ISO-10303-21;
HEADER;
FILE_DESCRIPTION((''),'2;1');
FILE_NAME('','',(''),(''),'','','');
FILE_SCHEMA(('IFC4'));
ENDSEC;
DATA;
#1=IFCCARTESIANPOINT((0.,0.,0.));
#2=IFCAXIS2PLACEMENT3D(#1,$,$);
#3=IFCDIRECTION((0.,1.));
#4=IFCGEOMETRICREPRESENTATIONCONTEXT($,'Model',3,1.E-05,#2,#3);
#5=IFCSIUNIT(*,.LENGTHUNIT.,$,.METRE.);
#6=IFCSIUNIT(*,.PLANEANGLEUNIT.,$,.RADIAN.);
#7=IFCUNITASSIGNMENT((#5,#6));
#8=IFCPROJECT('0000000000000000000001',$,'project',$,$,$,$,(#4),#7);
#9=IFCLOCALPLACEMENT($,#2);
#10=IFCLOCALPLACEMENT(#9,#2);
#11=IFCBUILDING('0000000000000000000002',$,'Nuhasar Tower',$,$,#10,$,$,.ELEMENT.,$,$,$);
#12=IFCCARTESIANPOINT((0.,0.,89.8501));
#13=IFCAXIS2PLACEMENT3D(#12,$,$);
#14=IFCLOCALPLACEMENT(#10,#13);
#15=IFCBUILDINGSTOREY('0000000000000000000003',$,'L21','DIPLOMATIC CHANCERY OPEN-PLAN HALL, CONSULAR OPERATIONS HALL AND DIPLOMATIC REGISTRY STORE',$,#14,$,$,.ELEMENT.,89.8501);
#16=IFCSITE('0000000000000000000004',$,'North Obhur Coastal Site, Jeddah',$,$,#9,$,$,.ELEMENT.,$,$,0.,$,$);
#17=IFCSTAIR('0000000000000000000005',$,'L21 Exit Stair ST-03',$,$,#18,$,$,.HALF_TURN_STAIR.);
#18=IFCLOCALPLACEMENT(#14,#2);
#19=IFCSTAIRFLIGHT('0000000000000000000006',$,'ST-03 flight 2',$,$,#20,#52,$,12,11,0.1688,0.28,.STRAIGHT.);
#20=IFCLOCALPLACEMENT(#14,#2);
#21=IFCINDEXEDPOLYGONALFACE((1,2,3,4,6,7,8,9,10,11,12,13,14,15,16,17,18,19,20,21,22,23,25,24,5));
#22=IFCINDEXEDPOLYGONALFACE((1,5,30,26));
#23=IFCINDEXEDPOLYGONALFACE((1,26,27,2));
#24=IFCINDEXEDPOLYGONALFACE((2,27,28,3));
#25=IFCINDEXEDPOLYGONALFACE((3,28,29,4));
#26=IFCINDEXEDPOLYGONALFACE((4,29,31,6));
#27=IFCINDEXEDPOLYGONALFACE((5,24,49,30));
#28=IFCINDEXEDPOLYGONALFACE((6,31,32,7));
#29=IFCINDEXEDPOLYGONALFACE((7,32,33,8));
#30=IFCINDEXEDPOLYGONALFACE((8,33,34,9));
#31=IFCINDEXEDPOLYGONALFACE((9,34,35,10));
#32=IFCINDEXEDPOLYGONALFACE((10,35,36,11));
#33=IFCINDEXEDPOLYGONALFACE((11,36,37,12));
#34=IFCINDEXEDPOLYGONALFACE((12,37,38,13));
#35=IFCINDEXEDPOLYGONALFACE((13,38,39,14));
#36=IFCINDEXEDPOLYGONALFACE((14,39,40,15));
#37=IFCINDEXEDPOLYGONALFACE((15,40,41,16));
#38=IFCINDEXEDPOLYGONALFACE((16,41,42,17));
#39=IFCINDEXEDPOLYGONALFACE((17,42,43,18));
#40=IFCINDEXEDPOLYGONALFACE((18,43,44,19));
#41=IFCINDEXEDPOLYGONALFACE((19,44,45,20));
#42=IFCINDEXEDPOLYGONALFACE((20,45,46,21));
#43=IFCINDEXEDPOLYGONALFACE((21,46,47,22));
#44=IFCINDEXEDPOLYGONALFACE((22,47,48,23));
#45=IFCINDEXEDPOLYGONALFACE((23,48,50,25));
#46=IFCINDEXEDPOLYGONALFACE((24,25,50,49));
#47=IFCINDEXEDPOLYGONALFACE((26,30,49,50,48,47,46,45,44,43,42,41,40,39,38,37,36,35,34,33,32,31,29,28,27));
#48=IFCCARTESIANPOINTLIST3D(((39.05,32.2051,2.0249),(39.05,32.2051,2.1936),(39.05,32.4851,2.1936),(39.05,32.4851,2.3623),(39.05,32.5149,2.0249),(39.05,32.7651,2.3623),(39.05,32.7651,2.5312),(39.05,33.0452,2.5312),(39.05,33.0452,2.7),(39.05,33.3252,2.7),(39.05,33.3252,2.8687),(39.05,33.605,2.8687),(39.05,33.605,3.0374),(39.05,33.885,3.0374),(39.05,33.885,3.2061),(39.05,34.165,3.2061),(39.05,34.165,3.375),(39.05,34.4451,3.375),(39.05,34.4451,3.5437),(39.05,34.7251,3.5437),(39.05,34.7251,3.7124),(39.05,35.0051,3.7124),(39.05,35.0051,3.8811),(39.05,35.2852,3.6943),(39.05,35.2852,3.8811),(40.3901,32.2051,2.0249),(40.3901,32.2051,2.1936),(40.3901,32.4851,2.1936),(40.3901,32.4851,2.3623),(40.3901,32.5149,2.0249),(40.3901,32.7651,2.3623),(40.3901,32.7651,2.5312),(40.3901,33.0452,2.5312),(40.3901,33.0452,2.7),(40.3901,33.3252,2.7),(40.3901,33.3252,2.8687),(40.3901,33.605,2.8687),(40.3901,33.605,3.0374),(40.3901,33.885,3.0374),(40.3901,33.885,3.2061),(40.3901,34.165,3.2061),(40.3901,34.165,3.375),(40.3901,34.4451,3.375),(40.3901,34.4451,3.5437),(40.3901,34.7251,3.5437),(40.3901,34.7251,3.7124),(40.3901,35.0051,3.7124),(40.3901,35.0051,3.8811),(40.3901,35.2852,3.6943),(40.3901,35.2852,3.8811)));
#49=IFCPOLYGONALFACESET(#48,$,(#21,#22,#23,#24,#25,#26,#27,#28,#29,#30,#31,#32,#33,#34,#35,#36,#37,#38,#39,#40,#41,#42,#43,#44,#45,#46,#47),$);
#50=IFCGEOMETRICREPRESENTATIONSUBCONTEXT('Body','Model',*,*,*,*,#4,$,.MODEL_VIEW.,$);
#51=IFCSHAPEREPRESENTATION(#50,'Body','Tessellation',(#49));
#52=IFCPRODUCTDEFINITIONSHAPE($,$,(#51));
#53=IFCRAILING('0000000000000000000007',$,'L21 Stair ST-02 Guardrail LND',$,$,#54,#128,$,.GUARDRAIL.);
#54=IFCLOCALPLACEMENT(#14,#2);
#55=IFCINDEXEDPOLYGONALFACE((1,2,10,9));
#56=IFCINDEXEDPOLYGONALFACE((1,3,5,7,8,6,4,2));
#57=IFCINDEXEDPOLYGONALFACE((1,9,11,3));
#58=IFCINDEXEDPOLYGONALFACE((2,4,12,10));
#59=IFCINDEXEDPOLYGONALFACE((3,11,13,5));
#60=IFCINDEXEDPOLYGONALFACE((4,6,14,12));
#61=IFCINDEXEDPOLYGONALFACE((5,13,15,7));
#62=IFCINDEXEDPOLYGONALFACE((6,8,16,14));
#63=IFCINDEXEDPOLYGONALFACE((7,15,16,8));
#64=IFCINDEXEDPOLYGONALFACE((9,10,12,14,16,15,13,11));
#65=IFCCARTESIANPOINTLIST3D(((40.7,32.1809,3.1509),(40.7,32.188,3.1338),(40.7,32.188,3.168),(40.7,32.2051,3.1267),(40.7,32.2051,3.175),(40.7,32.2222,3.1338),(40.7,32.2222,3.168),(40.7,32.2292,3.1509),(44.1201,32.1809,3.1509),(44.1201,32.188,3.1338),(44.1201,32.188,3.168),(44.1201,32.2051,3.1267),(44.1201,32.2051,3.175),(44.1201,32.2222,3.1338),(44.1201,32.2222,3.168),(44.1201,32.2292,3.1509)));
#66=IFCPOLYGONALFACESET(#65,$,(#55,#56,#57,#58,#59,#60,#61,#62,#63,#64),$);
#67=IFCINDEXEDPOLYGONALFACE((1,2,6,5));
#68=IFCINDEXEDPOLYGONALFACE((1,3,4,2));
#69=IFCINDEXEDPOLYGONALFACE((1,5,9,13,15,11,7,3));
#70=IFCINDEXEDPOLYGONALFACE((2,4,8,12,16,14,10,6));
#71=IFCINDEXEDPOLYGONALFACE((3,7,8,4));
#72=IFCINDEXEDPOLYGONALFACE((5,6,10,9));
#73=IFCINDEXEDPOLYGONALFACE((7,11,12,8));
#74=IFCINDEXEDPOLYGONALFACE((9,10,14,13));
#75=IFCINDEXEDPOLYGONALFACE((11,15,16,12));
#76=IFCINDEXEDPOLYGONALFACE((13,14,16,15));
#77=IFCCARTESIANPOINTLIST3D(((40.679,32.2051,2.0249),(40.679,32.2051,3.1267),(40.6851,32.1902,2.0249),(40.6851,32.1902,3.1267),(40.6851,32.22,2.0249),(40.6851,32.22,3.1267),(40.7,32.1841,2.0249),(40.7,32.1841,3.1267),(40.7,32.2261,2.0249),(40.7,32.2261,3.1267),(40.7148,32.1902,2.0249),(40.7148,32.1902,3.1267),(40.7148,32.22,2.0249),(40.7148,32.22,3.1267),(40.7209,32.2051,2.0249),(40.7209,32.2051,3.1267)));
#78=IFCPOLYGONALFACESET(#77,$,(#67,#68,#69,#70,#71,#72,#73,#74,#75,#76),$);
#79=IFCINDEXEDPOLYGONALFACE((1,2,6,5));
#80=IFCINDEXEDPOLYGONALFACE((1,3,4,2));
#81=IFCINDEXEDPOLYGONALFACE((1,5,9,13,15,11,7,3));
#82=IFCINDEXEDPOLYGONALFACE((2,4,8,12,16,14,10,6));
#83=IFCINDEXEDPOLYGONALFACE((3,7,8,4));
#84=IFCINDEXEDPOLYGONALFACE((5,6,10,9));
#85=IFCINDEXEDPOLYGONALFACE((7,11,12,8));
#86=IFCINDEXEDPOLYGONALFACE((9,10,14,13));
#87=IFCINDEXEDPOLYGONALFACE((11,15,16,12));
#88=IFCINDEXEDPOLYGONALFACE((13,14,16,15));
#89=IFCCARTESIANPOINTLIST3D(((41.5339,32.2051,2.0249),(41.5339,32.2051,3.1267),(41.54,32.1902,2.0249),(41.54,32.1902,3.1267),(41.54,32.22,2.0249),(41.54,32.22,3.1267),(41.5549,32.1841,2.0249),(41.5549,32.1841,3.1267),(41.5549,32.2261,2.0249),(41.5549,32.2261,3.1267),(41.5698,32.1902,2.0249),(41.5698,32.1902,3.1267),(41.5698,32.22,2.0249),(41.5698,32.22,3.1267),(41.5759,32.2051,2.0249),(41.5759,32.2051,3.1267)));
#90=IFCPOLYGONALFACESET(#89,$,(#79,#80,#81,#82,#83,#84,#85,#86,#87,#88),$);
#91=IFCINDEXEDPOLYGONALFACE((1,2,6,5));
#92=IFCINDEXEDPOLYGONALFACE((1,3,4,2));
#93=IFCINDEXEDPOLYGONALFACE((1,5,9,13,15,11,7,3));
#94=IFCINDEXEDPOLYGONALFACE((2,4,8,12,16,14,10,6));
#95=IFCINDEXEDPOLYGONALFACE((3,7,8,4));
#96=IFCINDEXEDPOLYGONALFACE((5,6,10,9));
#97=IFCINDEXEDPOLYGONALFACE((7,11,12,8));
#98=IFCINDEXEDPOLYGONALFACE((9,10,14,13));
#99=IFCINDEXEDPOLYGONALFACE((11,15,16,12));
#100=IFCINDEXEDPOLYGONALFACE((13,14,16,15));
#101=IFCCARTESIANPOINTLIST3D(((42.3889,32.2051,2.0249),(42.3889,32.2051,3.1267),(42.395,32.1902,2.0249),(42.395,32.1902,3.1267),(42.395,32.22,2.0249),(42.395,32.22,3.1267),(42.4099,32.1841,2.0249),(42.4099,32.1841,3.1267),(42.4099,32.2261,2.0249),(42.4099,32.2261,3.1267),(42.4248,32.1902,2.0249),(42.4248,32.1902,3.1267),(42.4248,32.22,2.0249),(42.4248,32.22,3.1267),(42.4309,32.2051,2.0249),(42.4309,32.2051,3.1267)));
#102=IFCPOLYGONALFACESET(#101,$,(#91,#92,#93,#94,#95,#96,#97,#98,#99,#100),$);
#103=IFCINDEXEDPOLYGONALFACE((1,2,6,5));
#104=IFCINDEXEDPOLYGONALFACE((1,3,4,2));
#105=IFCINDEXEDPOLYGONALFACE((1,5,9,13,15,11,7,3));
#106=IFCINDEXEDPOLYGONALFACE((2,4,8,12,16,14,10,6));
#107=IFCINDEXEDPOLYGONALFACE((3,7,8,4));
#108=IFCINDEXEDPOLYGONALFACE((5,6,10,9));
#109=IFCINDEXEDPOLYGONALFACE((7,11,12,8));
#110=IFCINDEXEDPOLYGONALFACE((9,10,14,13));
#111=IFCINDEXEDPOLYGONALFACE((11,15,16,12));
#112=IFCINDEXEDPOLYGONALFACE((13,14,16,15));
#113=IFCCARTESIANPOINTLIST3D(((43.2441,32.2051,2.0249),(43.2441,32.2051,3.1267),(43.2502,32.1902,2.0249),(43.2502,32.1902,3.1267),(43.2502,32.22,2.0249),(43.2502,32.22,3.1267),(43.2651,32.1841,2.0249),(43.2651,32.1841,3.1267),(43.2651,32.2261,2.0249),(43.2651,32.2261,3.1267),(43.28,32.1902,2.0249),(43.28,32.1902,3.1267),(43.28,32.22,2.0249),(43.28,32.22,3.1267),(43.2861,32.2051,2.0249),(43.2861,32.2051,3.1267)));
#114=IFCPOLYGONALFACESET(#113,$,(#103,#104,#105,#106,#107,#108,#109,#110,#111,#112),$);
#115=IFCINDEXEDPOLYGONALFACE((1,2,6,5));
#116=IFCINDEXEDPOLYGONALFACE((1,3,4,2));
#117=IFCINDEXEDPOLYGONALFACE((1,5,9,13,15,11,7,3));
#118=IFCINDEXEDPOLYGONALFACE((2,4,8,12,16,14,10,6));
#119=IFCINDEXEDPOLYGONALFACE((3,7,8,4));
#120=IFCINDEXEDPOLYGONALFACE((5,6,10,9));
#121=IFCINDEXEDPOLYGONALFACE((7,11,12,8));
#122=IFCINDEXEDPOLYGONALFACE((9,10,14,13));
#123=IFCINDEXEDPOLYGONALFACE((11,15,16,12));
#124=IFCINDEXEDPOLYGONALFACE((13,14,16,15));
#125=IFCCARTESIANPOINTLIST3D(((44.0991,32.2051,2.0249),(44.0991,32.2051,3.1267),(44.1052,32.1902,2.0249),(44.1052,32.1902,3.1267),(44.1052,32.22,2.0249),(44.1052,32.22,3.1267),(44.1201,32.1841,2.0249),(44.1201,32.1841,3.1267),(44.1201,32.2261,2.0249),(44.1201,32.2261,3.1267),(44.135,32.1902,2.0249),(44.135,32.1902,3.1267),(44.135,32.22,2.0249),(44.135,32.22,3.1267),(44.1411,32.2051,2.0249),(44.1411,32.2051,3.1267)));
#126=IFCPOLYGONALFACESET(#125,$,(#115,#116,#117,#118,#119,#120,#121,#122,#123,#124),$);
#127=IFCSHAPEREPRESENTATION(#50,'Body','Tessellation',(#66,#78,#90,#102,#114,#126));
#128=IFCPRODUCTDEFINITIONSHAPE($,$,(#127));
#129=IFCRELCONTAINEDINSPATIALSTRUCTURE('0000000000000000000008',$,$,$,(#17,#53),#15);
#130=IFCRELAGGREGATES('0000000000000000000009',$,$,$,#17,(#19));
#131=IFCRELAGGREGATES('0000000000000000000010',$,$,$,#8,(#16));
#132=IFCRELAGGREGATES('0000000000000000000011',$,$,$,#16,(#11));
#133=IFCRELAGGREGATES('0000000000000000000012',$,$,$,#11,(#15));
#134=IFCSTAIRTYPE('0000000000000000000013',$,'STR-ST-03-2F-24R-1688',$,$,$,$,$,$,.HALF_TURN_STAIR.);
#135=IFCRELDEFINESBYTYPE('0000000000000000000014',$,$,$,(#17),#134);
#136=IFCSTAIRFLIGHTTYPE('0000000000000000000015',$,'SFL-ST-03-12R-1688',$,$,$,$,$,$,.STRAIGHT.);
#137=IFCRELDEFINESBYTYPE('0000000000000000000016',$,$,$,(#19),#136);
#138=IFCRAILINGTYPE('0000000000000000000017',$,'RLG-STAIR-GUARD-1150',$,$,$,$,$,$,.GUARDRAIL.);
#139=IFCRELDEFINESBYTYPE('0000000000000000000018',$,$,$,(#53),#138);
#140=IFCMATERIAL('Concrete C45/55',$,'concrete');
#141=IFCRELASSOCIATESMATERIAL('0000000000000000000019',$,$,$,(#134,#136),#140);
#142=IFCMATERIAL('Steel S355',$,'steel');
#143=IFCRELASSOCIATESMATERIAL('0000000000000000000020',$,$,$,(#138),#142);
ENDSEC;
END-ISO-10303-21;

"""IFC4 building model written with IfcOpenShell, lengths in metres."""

from ifc_helpers import new_model, si_unit, direction, frame, origin, place, context, subcontext, project, spatial, polyline, outline, extrude, material, type_object, element, aggregate, save


model = new_model("IFC4")

# Units and contexts
model_context = context("Model", 3, precision=1e-05, world=origin(), true_north=direction((0.0, 1.0)))
body_context = subcontext(model_context, "Body", "Model", "MODEL_VIEW")
ifc_project = project(units=[si_unit("LENGTHUNIT", "METRE"), si_unit("PLANEANGLEUNIT", "RADIAN")], contexts=[model_context])

# Site, building, storey
site_placement = place(None, origin())
site = spatial("IfcSite", under=ifc_project, at=site_placement, Name="North Obhur Coastal Site, Jeddah", CompositionType="ELEMENT", RefElevation=0.0)
building_placement = place(site_placement, origin())
building = spatial("IfcBuilding", under=site, at=building_placement, Name="Nuhasar Tower", CompositionType="ELEMENT")
storey_placement = place(building_placement, frame((0.0, 0.0, 89.8501)))
storey = spatial("IfcBuildingStorey", under=building, at=storey_placement, Name="L21", Description="DIPLOMATIC CHANCERY OPEN-PLAN HALL, CONSULAR OPERATIONS HALL AND DIPLOMATIC REGISTRY STORE", CompositionType="ELEMENT", Elevation=89.8501)

# Shared definitions
ifc_material_1 = material(Name="Concrete C45/55", Category="concrete")

# Shared definitions
ifc_material_2 = material(Name="Steel S355", Category="steel")

# Stair, stair flight
stair_type_1 = type_object("IfcStairType", Name="STR-ST-03-2F-24R-1688", PredefinedType="HALF_TURN_STAIR", material=ifc_material_1)
stair_1_placement = place(storey_placement, origin())
stair_1 = element("IfcStair", 1, at=stair_1_placement, inside=storey, type_object=stair_type_1, Name="L21 Exit Stair ST-03", PredefinedType="HALF_TURN_STAIR")
stair_flight_type_1 = type_object("IfcStairFlightType", Name="SFL-ST-03-12R-1688", PredefinedType="STRAIGHT", material=ifc_material_1)
stair_flight_1_placement = place(storey_placement, frame((39.72, 32.2051, 2.0249), z_axis=(0.0, 0.0, 1.0), x_axis=(0.0, 1.0, 0.0)))
stair_flight_1 = element("IfcStairFlight", 2, at=stair_flight_1_placement, type_object=stair_flight_type_1, Name="ST-03 flight 2", NumberOfRisers=12, NumberOfTreads=11, PredefinedType="STRAIGHT", RiserHeight=0.1688, TreadLength=0.28, context=body_context, shape_type="SweptSolid", body=[
    extrude(outline(polyline([(0.0, 0.0), (0.0, 0.1687), (0.28, 0.1687), (0.28, 0.3374), (0.5601, 0.3374), (0.5601, 0.5063), (0.8401, 0.5063), (0.8401, 0.675), (1.1201, 0.675), (1.1201, 0.8438), (1.3999, 0.8438), (1.3999, 1.0125), (1.6799, 1.0125), (1.6799, 1.1812), (1.96, 1.1812), (1.96, 1.3501), (2.24, 1.3501), (2.24, 1.5188), (2.52, 1.5188), (2.52, 1.6875), (2.8, 1.6875), (2.8, 1.8562), (3.0801, 1.8562), (3.0801, 2.0249), (3.0801, 1.6694), (0.3098, 0.0), (0.0, 0.0)])), frame((0.0, 0.6699, 0.0), z_axis=(0.0, -1.0, 0.0), x_axis=(1.0, 0.0, 0.0)), (0.0, 0.0, 1.0), 1.3401),
])
aggregate(stair_1, [stair_flight_1])

# Railing
railing_type_1 = type_object("IfcRailingType", Name="RLG-STAIR-GUARD-1150", PredefinedType="GUARDRAIL", material=ifc_material_2)
railing_1_placement = place(storey_placement, frame((40.7, 32.2051, 2.0249)))
element("IfcRailing", 3, at=railing_1_placement, inside=storey, type_object=railing_type_1, Name="L21 Stair ST-02 Guardrail LND", PredefinedType="GUARDRAIL", context=body_context, shape_type="SweptSolid", body=[
    extrude(outline(polyline([(0.0242, 0.0), (0.0171, 0.0171), (0.0, 0.0242), (-0.0171, 0.0171), (-0.0242, 0.0), (-0.0171, -0.0171), (0.0, -0.0242), (0.0171, -0.0171), (0.0242, 0.0)])), frame((0.0, 0.0, 1.126), z_axis=(1.0, 0.0, 0.0), x_axis=(0.0, 1.0, 0.0)), (0.0, 0.0, 1.0), 3.4202),
    extrude(outline(polyline([(0.021, 0.0), (0.0149, 0.0149), (0.0, 0.021), (-0.0149, 0.0149), (-0.021, 0.0), (-0.0149, -0.0149), (0.0, -0.021), (0.0149, -0.0149), (0.021, 0.0)])), origin(), (0.0, 0.0, 1.0), 1.1018),
    extrude(outline(polyline([(0.021, 0.0), (0.0149, 0.0149), (0.0, 0.021), (-0.0149, 0.0149), (-0.021, 0.0), (-0.0149, -0.0149), (0.0, -0.021), (0.0149, -0.0149), (0.021, 0.0)])), frame((0.855, 0.0, 0.0)), (0.0, 0.0, 1.0), 1.1018),
    extrude(outline(polyline([(0.021, 0.0), (0.0149, 0.0149), (0.0, 0.021), (-0.0149, 0.0149), (-0.021, 0.0), (-0.0149, -0.0149), (0.0, -0.021), (0.0149, -0.0149), (0.021, 0.0)])), frame((1.71, 0.0, 0.0)), (0.0, 0.0, 1.0), 1.1018),
    extrude(outline(polyline([(0.021, 0.0), (0.0149, 0.0149), (0.0, 0.021), (-0.0149, 0.0149), (-0.021, 0.0), (-0.0149, -0.0149), (0.0, -0.021), (0.0149, -0.0149), (0.021, 0.0)])), frame((2.5652, 0.0, 0.0)), (0.0, 0.0, 1.0), 1.1018),
    extrude(outline(polyline([(0.021, 0.0), (0.0149, 0.0149), (0.0, 0.021), (-0.0149, 0.0149), (-0.021, 0.0), (-0.0149, -0.0149), (0.0, -0.021), (0.0149, -0.0149), (0.021, 0.0)])), frame((3.4202, 0.0, 0.0)), (0.0, 0.0, 1.0), 1.1018),
])

save(model, "model.ifc")
